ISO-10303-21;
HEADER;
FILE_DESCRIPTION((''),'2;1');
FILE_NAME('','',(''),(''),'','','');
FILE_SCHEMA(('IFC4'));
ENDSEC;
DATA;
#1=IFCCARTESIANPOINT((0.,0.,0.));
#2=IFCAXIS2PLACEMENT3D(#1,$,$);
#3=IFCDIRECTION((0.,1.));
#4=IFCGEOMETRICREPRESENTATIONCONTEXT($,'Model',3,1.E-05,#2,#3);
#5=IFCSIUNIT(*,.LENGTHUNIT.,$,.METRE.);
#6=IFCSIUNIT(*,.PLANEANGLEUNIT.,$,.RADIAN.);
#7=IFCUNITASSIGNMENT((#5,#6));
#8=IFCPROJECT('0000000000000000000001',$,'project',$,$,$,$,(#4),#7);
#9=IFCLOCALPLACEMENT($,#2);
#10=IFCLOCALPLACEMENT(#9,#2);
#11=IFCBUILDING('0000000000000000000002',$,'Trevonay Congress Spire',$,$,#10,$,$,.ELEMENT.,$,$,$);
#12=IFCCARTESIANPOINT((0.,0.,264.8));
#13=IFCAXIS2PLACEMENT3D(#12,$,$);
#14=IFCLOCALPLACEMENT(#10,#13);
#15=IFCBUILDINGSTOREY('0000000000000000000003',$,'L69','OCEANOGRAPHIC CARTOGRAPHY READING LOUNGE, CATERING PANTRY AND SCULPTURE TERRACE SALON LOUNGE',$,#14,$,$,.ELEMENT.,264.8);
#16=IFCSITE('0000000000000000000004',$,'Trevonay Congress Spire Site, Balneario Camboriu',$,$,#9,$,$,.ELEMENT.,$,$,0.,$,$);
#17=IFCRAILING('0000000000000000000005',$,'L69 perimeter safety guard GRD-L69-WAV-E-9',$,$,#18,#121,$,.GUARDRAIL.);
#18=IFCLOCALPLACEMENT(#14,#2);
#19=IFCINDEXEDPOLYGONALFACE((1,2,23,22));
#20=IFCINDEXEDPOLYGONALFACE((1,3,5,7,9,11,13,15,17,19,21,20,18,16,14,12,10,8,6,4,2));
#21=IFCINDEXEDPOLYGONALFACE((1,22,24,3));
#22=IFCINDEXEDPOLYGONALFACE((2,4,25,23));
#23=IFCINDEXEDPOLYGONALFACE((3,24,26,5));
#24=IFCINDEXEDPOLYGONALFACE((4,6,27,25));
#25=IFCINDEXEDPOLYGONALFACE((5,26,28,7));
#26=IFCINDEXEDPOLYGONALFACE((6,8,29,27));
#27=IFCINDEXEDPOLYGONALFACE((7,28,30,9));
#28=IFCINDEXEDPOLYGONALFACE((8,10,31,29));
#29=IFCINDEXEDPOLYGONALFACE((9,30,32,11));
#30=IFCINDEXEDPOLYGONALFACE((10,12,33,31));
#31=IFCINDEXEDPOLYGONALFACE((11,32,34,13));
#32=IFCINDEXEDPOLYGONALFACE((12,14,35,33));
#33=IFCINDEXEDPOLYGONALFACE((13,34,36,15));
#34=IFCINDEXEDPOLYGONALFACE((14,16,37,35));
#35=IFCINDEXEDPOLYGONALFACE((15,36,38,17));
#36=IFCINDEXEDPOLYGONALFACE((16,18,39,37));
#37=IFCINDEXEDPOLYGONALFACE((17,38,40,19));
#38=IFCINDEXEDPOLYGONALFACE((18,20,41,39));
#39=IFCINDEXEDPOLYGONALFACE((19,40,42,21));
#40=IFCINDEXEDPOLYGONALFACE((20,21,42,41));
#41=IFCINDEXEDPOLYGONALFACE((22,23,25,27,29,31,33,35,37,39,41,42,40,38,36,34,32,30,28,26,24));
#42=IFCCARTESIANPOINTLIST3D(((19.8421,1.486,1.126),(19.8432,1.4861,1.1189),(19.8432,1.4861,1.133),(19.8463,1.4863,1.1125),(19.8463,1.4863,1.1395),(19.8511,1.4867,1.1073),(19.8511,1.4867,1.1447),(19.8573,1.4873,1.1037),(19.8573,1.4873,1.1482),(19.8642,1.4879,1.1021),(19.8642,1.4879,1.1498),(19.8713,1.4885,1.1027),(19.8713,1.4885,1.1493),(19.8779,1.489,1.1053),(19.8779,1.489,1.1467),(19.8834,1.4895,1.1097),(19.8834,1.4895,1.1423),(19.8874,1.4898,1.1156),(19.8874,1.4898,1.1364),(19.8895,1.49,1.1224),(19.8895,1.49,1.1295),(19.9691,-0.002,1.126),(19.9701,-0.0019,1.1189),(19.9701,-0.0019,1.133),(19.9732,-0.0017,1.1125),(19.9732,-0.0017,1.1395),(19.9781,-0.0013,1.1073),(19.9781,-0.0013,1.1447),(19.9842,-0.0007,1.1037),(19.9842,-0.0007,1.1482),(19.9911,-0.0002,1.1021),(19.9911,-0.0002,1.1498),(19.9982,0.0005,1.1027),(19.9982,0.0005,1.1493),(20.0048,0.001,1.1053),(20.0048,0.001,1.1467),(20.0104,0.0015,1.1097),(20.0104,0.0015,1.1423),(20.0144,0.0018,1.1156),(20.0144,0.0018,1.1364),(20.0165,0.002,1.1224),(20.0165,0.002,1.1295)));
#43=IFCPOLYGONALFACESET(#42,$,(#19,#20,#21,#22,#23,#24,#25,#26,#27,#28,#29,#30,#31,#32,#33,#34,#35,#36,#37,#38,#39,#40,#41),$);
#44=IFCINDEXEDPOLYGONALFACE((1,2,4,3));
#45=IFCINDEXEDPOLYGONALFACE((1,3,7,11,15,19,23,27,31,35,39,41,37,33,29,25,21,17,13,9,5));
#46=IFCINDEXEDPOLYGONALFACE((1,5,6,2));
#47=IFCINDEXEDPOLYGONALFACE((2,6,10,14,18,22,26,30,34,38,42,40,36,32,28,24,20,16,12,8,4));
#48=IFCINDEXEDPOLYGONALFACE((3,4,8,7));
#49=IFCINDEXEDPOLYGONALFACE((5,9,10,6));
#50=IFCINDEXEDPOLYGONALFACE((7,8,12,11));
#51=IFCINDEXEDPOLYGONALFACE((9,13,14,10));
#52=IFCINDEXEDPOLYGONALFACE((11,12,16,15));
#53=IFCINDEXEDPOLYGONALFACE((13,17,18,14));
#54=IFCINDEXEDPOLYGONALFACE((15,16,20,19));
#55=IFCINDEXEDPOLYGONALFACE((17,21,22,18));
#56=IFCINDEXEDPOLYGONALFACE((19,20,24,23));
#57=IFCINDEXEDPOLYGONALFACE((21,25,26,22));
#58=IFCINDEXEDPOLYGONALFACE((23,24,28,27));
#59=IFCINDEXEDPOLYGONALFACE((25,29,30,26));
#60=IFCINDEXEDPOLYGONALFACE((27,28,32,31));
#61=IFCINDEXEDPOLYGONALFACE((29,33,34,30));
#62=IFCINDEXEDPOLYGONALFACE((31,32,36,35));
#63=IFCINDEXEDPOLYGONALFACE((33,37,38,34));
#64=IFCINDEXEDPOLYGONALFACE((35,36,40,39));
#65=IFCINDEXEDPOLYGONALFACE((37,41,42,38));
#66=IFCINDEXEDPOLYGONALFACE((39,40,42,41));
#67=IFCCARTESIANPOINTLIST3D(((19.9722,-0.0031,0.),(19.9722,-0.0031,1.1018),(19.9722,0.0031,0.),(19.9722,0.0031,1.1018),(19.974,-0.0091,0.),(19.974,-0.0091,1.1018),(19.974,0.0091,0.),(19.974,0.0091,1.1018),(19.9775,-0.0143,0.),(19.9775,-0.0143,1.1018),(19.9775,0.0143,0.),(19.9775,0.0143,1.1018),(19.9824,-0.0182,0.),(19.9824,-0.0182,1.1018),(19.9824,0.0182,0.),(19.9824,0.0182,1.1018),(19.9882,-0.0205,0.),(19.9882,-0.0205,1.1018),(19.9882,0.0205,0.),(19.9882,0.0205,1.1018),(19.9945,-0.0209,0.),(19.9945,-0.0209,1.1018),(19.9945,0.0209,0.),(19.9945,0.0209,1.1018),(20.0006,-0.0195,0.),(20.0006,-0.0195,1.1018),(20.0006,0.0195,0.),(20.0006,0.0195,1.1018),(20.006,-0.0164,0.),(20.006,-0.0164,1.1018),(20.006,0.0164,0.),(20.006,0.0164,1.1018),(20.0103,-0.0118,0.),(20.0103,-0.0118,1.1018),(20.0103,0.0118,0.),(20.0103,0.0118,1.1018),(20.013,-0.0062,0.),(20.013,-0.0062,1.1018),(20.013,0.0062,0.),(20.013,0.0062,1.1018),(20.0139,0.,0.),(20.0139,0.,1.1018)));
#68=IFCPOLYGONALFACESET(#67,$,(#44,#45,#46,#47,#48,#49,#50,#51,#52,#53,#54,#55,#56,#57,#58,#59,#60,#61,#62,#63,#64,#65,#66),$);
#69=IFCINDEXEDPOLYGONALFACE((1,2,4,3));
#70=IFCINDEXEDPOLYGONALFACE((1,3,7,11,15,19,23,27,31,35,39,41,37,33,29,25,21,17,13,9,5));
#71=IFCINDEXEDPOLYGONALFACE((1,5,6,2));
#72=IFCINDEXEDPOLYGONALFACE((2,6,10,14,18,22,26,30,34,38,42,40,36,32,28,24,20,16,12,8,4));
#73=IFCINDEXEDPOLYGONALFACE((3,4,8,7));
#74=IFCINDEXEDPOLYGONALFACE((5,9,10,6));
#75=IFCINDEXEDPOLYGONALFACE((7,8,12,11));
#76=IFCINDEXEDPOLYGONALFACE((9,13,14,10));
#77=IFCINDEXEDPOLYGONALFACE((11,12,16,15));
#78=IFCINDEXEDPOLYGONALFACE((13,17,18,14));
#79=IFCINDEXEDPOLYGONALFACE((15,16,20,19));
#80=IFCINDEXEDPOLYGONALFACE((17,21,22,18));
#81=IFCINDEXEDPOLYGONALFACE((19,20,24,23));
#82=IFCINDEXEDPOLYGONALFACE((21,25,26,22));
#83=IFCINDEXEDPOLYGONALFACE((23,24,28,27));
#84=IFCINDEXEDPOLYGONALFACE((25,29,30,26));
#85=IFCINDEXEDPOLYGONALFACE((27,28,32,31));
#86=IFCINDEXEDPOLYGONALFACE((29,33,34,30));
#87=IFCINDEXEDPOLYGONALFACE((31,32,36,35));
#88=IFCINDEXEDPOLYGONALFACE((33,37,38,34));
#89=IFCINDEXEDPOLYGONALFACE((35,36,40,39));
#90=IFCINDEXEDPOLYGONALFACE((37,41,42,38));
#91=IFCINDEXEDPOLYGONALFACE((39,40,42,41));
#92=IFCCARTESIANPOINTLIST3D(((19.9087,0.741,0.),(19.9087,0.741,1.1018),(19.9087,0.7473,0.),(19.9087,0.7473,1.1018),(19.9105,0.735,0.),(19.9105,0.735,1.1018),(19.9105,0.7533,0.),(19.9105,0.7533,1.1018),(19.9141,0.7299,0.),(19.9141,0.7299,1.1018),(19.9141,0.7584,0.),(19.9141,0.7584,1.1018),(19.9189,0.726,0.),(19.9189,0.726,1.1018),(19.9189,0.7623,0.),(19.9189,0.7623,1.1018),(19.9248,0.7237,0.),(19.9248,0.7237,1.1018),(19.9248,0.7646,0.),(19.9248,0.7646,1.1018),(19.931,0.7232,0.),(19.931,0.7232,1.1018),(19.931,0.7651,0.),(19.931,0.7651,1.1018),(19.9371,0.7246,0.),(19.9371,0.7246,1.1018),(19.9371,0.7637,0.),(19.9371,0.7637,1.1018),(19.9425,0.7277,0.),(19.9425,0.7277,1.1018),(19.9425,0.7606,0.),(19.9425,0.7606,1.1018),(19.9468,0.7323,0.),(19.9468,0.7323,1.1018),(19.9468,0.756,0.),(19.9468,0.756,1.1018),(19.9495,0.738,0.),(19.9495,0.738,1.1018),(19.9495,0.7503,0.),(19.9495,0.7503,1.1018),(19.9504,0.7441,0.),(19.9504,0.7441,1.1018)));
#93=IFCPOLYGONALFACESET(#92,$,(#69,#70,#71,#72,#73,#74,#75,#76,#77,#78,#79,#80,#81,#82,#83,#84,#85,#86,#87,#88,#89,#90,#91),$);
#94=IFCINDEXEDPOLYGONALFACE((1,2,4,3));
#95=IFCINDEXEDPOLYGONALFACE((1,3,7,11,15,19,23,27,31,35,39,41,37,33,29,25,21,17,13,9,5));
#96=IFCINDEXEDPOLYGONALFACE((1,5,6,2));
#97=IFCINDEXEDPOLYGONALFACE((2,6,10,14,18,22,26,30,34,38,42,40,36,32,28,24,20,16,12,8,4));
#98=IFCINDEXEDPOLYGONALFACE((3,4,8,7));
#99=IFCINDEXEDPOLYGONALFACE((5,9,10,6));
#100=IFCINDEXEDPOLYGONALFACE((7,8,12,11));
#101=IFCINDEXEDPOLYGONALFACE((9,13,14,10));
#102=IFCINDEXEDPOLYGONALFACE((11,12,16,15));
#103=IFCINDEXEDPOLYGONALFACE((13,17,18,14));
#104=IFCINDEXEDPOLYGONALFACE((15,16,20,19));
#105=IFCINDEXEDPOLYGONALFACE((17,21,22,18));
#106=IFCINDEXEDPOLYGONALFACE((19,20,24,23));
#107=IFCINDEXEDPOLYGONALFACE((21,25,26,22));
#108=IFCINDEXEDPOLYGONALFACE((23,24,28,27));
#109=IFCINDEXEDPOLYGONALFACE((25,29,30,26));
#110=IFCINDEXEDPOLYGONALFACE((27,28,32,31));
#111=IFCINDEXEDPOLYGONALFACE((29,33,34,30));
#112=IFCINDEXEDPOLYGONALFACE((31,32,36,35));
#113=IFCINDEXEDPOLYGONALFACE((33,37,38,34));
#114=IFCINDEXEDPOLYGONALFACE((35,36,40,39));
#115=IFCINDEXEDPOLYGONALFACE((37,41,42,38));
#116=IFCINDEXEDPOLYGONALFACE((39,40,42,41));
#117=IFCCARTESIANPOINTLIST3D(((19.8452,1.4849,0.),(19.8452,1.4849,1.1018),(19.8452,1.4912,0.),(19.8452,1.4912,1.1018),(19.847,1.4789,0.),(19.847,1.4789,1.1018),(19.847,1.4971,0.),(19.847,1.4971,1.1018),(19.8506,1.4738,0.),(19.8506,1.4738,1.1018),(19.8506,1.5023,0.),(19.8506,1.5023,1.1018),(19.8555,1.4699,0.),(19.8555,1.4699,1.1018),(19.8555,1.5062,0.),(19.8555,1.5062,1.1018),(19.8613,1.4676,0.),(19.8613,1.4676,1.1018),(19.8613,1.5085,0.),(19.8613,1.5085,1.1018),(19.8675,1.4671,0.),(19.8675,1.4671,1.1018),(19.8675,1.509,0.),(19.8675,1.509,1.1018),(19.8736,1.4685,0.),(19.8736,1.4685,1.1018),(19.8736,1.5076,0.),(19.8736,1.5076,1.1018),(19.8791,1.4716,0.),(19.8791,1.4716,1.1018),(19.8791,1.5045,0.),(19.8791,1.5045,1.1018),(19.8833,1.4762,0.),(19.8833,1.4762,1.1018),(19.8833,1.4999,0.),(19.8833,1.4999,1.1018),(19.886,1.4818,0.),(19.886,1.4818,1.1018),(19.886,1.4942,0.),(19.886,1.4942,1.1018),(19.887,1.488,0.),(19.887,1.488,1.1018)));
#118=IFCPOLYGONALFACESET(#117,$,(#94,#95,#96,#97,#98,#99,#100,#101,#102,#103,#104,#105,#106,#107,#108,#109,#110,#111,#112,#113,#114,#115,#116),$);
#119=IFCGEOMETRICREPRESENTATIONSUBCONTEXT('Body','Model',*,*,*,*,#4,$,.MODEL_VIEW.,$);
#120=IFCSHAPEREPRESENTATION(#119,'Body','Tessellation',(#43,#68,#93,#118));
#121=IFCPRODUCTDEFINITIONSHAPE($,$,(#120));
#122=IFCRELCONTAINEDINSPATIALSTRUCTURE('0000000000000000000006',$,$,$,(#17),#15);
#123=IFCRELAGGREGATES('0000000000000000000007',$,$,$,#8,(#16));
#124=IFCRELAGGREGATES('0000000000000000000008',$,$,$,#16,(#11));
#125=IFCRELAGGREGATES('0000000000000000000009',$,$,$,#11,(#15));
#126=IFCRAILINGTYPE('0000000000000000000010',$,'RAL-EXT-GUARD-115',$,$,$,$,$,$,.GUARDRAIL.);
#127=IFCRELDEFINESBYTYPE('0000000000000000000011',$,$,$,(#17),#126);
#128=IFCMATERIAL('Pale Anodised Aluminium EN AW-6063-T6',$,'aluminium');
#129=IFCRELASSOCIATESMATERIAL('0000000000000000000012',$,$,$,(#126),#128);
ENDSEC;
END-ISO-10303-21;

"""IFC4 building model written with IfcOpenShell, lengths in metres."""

from ifc_helpers import new_model, si_unit, direction, frame, origin, origin_2d, place, context, subcontext, project, spatial, circle, extrude, material, type_object, element, save


model = new_model("IFC4")

# Units and contexts
model_context = context("Model", 3, precision=1e-05, world=origin(), true_north=direction((0.0, 1.0)))
body_context = subcontext(model_context, "Body", "Model", "MODEL_VIEW")
ifc_project = project(units=[si_unit("LENGTHUNIT", "METRE"), si_unit("PLANEANGLEUNIT", "RADIAN")], contexts=[model_context])

# Site, building, storey
site_placement = place(None, origin())
site = spatial("IfcSite", under=ifc_project, at=site_placement, Name="Trevonay Congress Spire Site, Balneario Camboriu", CompositionType="ELEMENT", RefElevation=0.0)
building_placement = place(site_placement, origin())
building = spatial("IfcBuilding", under=site, at=building_placement, Name="Trevonay Congress Spire", CompositionType="ELEMENT")
storey_placement = place(building_placement, frame((0.0, 0.0, 264.8)))
storey = spatial("IfcBuildingStorey", under=building, at=storey_placement, Name="L69", Description="OCEANOGRAPHIC CARTOGRAPHY READING LOUNGE, CATERING PANTRY AND SCULPTURE TERRACE SALON LOUNGE", CompositionType="ELEMENT", Elevation=264.8)

# Shared definitions
ifc_material_1 = material(Name="Pale Anodised Aluminium EN AW-6063-T6", Category="aluminium")

# Railing
railing_type = type_object("IfcRailingType", Name="RAL-EXT-GUARD-115", PredefinedType="GUARDRAIL", material=ifc_material_1)
railing_1_placement = place(storey_placement, frame((19.9929, 0.0, 0.0)))
element("IfcRailing", 1, at=railing_1_placement, inside=storey, type_object=railing_type, Name="L69 perimeter safety guard GRD-L69-WAV-E-9", PredefinedType="GUARDRAIL", context=body_context, shape_type="SweptSolid", body=[
    extrude(circle(Radius=0.0239, at=origin_2d()), frame((0.0, 0.0, 1.126), z_axis=(-0.085007, 0.99638, 0.0), x_axis=(-0.99638, -0.085007, 0.0)), (0.0, 0.0, 1.0), 1.4934),
    extrude(circle(Radius=0.021, at=origin_2d()), origin(), (0.0, 0.0, 1.0), 1.1018),
    extrude(circle(Radius=0.021, at=origin_2d()), frame((-0.0635, 0.7441, 0.0)), (0.0, 0.0, 1.0), 1.1018),
    extrude(circle(Radius=0.021, at=origin_2d()), frame((-0.127, 1.488, 0.0)), (0.0, 0.0, 1.0), 1.1018),
])

save(model, "model.ifc")
